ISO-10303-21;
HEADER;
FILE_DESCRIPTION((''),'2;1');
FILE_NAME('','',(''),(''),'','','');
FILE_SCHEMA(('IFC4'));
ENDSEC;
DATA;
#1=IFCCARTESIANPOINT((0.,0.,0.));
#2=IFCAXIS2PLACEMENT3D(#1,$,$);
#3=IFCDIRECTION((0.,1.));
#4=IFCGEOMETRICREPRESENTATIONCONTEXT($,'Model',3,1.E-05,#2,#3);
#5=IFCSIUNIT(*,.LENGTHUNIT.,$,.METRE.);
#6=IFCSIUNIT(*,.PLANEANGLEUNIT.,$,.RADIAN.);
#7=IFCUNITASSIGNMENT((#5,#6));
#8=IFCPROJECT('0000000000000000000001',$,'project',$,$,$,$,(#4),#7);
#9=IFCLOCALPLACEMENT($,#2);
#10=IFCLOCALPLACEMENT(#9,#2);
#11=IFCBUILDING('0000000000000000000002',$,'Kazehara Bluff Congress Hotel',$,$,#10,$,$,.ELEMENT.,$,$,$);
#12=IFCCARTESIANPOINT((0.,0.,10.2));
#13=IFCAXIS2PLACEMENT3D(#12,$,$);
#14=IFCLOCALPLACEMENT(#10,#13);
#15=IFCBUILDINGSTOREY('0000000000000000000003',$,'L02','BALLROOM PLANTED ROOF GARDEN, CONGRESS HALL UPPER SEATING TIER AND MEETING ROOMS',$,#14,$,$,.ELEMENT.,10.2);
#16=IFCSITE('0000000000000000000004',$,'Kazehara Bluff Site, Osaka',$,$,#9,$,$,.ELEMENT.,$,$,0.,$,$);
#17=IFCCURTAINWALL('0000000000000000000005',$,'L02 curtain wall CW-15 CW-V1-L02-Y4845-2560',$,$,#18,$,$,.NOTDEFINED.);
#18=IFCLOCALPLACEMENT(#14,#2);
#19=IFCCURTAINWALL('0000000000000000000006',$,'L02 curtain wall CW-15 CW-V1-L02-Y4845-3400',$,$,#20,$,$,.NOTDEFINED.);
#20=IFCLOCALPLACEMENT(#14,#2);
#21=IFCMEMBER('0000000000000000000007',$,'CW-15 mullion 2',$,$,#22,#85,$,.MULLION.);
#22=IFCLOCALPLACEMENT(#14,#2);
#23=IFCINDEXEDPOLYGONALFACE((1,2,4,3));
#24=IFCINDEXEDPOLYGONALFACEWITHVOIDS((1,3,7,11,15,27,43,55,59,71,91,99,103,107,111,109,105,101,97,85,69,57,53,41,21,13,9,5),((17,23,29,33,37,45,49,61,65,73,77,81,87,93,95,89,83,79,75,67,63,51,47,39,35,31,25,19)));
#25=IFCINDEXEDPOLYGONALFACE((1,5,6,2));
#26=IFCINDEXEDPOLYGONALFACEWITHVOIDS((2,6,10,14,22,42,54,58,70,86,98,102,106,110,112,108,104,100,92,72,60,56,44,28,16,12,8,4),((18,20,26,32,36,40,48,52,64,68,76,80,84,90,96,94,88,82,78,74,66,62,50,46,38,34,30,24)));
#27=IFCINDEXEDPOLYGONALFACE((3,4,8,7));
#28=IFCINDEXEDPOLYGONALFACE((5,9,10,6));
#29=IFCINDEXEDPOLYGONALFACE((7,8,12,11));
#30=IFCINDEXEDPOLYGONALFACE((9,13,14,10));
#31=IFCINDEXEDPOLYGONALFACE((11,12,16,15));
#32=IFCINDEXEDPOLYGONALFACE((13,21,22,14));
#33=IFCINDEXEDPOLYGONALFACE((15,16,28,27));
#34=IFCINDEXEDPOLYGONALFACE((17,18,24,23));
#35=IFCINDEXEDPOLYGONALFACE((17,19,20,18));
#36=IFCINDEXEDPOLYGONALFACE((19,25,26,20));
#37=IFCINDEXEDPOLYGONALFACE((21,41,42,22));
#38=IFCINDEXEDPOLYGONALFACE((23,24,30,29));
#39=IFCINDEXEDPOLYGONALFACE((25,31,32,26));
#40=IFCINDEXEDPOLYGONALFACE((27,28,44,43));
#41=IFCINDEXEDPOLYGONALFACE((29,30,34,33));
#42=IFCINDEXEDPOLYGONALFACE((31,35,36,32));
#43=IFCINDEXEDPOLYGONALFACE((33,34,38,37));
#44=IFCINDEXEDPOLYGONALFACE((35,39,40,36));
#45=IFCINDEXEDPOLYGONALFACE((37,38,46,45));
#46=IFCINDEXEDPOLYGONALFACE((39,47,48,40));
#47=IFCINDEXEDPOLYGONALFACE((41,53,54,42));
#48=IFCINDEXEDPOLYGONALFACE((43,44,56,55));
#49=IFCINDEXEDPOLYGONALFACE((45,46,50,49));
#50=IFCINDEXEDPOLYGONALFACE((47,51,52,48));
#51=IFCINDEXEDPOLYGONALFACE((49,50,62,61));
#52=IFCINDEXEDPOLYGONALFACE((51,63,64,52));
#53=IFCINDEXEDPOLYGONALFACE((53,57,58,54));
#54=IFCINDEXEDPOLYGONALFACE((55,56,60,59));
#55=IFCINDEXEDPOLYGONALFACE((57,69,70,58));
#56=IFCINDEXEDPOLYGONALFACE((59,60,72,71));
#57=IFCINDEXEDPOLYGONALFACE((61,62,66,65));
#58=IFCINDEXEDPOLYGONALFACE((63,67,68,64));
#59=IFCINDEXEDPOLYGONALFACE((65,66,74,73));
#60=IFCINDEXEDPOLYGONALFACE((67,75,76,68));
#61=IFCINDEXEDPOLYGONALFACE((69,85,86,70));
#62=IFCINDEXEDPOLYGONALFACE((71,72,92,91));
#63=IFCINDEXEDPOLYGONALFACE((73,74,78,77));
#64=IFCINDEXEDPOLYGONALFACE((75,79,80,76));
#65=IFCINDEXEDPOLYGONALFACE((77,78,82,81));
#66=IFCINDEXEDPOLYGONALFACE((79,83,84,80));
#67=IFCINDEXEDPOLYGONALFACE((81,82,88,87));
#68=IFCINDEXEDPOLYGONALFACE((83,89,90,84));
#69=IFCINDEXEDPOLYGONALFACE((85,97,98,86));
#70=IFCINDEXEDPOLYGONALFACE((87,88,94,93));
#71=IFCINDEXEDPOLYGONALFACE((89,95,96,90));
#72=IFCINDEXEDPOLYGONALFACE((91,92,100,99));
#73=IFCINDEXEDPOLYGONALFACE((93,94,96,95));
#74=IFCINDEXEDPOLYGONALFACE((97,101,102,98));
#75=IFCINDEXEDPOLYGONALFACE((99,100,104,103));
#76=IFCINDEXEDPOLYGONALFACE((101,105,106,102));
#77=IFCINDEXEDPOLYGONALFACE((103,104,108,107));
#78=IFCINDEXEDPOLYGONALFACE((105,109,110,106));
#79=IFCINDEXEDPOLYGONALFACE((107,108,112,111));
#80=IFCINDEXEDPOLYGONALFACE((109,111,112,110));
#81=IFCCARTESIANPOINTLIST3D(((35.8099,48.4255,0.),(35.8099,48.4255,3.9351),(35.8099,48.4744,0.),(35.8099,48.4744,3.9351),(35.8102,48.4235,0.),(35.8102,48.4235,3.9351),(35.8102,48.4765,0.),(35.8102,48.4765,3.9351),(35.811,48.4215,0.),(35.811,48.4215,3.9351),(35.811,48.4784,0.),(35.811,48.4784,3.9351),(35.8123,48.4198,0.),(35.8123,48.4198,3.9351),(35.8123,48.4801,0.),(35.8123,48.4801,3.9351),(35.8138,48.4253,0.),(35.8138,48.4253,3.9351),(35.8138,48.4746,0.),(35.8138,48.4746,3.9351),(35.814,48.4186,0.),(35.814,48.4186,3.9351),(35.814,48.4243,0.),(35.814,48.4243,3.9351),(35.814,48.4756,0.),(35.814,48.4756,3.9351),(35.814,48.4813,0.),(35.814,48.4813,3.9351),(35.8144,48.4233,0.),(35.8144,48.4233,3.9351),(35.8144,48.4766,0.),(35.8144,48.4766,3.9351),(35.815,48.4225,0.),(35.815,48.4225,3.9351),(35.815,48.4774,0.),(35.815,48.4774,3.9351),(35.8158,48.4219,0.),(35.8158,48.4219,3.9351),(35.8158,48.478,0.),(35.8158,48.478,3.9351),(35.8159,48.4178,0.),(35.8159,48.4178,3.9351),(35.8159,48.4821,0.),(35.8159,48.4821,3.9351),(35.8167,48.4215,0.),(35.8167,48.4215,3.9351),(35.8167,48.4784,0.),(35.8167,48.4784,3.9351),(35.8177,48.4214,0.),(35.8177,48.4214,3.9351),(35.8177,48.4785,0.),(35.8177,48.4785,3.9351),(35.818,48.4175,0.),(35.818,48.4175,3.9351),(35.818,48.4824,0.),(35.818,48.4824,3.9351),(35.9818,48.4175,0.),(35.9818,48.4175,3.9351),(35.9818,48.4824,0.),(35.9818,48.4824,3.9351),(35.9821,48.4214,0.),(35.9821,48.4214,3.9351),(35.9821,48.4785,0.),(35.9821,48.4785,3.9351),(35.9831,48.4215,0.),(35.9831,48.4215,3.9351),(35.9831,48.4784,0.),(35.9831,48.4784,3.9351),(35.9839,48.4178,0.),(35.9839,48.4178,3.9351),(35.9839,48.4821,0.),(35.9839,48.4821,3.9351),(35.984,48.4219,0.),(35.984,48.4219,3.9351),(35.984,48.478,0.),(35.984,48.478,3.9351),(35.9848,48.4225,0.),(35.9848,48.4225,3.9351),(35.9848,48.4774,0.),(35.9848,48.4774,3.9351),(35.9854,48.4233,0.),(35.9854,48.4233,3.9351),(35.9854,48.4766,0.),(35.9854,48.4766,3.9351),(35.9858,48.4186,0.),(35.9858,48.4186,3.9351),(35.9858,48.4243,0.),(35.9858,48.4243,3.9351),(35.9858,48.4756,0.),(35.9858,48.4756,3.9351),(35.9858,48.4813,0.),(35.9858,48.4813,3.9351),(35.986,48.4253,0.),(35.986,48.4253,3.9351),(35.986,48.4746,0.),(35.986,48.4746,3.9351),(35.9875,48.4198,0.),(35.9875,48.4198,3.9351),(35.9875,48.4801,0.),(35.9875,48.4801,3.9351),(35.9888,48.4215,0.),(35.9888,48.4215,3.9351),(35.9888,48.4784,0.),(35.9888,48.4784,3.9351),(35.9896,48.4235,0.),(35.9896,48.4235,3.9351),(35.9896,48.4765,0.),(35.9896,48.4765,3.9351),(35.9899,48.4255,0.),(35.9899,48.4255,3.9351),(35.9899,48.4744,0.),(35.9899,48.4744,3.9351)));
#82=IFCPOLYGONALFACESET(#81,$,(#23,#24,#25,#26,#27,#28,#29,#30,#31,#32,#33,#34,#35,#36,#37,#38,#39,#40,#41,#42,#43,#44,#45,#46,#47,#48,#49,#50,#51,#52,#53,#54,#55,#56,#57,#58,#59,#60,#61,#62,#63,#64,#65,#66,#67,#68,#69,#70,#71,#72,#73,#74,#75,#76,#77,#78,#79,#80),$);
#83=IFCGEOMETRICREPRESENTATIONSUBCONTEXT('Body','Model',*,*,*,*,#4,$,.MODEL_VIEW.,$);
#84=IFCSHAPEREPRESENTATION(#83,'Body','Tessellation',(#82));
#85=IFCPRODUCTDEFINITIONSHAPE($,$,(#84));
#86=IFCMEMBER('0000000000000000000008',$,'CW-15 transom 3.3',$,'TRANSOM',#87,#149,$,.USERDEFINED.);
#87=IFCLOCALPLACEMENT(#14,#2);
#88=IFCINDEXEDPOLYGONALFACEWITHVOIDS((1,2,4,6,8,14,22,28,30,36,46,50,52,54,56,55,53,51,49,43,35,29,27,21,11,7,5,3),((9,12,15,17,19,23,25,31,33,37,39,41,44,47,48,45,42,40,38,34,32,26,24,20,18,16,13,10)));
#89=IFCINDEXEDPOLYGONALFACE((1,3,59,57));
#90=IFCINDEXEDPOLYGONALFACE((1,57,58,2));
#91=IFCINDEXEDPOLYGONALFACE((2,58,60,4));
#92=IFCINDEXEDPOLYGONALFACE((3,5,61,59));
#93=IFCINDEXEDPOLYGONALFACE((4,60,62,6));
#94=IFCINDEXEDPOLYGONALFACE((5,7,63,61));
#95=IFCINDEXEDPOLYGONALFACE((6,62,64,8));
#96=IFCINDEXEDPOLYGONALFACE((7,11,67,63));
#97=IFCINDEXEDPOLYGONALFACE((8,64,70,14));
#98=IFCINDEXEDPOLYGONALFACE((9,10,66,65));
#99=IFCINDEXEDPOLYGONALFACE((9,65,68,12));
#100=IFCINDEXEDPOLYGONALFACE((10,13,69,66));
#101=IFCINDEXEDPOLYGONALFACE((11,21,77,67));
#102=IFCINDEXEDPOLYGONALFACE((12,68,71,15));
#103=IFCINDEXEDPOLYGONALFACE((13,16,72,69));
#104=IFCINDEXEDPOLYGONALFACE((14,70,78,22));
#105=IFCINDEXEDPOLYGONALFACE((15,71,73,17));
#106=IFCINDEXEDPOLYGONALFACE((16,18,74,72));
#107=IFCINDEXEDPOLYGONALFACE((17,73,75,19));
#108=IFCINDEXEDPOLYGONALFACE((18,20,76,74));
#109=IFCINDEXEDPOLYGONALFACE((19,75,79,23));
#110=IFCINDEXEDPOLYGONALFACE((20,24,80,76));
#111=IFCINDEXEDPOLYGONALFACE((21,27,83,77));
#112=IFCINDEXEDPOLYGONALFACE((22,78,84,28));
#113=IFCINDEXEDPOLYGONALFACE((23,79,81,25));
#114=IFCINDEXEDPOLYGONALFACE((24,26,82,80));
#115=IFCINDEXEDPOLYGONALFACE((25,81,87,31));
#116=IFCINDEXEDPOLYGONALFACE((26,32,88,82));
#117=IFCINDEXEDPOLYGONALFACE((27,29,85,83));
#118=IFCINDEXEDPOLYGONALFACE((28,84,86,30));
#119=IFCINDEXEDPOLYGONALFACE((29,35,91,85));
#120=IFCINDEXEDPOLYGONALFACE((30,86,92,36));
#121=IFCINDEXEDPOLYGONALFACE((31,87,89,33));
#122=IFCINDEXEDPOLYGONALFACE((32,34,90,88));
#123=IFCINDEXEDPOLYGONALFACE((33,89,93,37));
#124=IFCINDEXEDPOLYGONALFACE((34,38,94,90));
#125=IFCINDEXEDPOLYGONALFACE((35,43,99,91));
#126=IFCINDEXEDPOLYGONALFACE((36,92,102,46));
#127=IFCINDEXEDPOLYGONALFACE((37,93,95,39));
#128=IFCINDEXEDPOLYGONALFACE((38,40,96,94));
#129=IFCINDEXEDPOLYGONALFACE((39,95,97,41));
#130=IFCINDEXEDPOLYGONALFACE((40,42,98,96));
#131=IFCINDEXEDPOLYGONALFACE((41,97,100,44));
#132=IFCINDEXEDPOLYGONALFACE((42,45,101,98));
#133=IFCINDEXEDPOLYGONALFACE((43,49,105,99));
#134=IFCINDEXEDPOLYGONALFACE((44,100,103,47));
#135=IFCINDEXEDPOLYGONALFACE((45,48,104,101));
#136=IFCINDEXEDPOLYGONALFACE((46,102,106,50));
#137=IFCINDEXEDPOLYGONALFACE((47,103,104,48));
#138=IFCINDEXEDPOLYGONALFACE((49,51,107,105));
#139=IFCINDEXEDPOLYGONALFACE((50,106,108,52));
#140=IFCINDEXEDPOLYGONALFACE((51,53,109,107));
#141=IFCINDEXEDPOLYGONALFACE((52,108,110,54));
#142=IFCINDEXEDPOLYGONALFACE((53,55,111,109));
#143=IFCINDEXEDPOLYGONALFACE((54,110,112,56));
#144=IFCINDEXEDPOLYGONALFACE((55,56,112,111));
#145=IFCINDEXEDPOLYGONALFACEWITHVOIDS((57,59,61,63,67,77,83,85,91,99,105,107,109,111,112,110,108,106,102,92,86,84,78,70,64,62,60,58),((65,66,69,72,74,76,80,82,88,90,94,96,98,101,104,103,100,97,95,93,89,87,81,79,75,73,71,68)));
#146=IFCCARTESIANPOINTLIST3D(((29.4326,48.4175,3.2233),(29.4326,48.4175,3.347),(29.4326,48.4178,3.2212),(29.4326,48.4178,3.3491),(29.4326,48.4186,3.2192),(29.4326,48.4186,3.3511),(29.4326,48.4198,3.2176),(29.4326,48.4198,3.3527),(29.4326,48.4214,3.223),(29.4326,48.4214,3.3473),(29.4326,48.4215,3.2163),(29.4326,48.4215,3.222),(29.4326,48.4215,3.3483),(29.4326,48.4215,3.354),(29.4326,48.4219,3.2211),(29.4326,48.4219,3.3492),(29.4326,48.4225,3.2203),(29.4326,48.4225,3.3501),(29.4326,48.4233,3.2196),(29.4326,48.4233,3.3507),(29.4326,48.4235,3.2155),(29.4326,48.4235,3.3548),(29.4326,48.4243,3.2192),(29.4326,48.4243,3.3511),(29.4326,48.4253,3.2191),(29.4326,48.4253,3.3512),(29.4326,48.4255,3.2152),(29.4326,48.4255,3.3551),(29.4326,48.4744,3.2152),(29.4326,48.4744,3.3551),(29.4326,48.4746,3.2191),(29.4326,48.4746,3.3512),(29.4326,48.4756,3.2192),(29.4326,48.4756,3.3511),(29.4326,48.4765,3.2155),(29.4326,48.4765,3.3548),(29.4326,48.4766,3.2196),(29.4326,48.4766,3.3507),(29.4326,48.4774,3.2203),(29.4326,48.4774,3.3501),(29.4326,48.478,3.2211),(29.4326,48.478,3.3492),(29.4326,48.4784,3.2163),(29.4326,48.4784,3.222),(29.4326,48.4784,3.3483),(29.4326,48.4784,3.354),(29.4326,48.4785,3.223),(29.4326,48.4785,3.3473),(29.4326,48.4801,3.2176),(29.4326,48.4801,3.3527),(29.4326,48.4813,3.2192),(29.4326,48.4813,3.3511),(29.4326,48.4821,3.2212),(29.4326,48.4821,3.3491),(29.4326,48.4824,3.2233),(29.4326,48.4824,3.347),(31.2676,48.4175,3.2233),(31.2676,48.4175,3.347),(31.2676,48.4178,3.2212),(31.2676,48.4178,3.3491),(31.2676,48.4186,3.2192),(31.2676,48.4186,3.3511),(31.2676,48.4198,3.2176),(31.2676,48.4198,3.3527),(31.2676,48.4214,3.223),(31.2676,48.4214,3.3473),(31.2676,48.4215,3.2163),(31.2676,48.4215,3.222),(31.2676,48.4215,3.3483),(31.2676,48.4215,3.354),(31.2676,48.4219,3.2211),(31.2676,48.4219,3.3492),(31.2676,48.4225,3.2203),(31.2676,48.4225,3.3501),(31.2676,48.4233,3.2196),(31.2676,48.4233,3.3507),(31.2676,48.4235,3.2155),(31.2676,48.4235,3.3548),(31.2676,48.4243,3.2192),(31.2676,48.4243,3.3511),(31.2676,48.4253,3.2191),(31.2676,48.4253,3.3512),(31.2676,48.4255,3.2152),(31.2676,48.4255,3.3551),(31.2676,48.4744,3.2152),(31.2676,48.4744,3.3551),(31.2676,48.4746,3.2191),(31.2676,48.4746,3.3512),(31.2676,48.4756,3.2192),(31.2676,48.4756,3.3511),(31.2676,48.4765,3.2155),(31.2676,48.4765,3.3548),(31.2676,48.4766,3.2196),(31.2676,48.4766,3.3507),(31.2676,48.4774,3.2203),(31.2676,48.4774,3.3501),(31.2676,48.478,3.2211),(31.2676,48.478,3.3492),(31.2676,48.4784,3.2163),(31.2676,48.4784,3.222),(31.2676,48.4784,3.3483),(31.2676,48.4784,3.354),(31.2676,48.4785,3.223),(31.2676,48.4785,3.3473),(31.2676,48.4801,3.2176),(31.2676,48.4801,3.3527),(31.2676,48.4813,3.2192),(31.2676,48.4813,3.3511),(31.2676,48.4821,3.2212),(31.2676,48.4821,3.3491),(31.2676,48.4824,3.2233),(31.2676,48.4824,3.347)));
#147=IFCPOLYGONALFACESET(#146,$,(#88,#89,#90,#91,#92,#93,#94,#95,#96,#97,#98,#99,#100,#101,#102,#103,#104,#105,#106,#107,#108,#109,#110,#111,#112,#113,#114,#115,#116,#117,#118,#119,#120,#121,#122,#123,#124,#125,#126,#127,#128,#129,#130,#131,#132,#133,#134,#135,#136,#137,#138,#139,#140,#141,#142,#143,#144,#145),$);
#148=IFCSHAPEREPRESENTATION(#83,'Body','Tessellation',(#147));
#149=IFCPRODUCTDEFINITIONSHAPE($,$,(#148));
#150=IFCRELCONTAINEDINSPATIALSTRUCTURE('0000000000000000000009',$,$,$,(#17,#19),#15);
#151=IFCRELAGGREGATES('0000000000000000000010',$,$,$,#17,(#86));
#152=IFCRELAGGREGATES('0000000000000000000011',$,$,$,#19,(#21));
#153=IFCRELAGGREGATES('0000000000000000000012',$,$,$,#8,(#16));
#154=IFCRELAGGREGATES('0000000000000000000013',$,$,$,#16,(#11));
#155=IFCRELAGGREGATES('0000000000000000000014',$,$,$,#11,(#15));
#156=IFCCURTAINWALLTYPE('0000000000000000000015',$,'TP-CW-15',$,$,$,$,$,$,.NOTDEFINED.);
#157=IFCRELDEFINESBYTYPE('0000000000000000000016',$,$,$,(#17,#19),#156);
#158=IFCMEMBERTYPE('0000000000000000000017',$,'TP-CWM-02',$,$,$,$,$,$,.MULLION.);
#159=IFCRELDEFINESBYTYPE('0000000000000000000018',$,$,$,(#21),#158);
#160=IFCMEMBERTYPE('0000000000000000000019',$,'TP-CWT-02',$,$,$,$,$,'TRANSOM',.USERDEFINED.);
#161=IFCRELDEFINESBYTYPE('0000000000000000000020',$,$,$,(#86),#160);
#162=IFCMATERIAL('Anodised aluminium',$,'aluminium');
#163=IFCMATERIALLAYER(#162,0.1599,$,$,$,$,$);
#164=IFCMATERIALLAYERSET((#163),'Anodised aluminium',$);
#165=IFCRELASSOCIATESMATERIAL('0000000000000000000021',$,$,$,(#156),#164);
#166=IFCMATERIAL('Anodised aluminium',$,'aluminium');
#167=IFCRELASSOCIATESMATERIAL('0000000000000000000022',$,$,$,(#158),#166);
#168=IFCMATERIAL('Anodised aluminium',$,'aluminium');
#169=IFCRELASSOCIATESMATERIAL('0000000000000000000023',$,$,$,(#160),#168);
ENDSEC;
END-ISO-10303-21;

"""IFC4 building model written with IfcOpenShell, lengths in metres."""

from ifc_helpers import new_model, si_unit, direction, frame, origin, origin_2d, place, context, subcontext, project, spatial, hollow_rectangle, extrude, material, layer, layer_set, material_profile, profile_set, type_object, element, aggregate, save


model = new_model("IFC4")

# Units and contexts
model_context = context("Model", 3, precision=1e-05, world=origin(), true_north=direction((0.0, 1.0)))
body_context = subcontext(model_context, "Body", "Model", "MODEL_VIEW")
ifc_project = project(units=[si_unit("LENGTHUNIT", "METRE"), si_unit("PLANEANGLEUNIT", "RADIAN")], contexts=[model_context])

# Site, building, storey
site_placement = place(None, origin())
site = spatial("IfcSite", under=ifc_project, at=site_placement, Name="Kazehara Bluff Site, Osaka", CompositionType="ELEMENT", RefElevation=0.0)
building_placement = place(site_placement, origin())
building = spatial("IfcBuilding", under=site, at=building_placement, Name="Kazehara Bluff Congress Hotel", CompositionType="ELEMENT")
storey_placement = place(building_placement, frame((0.0, 0.0, 10.2)))
storey = spatial("IfcBuildingStorey", under=building, at=storey_placement, Name="L02", Description="BALLROOM PLANTED ROOF GARDEN, CONGRESS HALL UPPER SEATING TIER AND MEETING ROOMS", CompositionType="ELEMENT", Elevation=10.2)

# Curtain walls, member
ifc_material_1 = material(Name="Anodised aluminium", Category="aluminium")
ifc_layer_1 = layer(ifc_material_1, 0.1599)
ifc_layer_set_1 = layer_set([ifc_layer_1], Name="Anodised aluminium")
curtain_wall_type = type_object("IfcCurtainWallType", Name="TP-CW-15", PredefinedType="NOTDEFINED", material=ifc_layer_set_1)
curtain_wall_1_placement = place(storey_placement, origin())
curtain_wall_1 = element("IfcCurtainWall", 1, at=curtain_wall_1_placement, inside=storey, type_object=curtain_wall_type, Name="L02 curtain wall CW-15 CW-V1-L02-Y4845-2560", PredefinedType="NOTDEFINED")
ifc_material_2 = material(Name="Anodised aluminium", Category="aluminium")
ifc_material_profile_1 = material_profile(ifc_material_2, hollow_rectangle(XDim=0.0649, YDim=0.1799, WallThickness=0.0039, InnerFilletRadius=0.0039, OuterFilletRadius=0.0081, at=origin_2d()))
ifc_profile_set_1 = profile_set([ifc_material_profile_1], Name="Anodised aluminium")
member_type_1 = type_object("IfcMemberType", Name="TP-CWM-02", PredefinedType="MULLION", material=ifc_profile_set_1)
curtain_wall_2_placement = place(storey_placement, origin())
curtain_wall_2 = element("IfcCurtainWall", 2, at=curtain_wall_2_placement, inside=storey, type_object=curtain_wall_type, Name="L02 curtain wall CW-15 CW-V1-L02-Y4845-3400", PredefinedType="NOTDEFINED")
member_1_placement = place(storey_placement, frame((35.8999, 48.45, 0.0), z_axis=(0.0, 0.0, 1.0), x_axis=(0.0, 1.0, 0.0)))
member_1 = element("IfcMember", 3, at=member_1_placement, type_object=member_type_1, Name="CW-15 mullion 2", PredefinedType="MULLION", context=body_context, shape_type="SweptSolid", body=[
    extrude(hollow_rectangle(XDim=0.0649, YDim=0.1799, WallThickness=0.0039, InnerFilletRadius=0.0039, OuterFilletRadius=0.0081, at=origin_2d()), origin(), (0.0, 0.0, 1.0), 3.9351),
])

# Member
ifc_material_3 = material(Name="Anodised aluminium", Category="aluminium")
ifc_material_profile_2 = material_profile(ifc_material_3, hollow_rectangle(XDim=0.0649, YDim=0.1399, WallThickness=0.0039, InnerFilletRadius=0.0039, OuterFilletRadius=0.0081, at=origin_2d()))
ifc_profile_set_2 = profile_set([ifc_material_profile_2], Name="Anodised aluminium")
member_type_2 = type_object("IfcMemberType", Name="TP-CWT-02", ElementType="TRANSOM", PredefinedType="USERDEFINED", material=ifc_profile_set_2)
member_2_placement = place(storey_placement, frame((29.4326, 48.45, 3.2852), z_axis=(1.0, 0.0, 0.0), x_axis=(0.0, 1.0, 0.0)))
member_2 = element("IfcMember", 4, at=member_2_placement, type_object=member_type_2, Name="CW-15 transom 3.3", ObjectType="TRANSOM", PredefinedType="USERDEFINED", context=body_context, shape_type="SweptSolid", body=[
    extrude(hollow_rectangle(XDim=0.0649, YDim=0.1399, WallThickness=0.0039, InnerFilletRadius=0.0039, OuterFilletRadius=0.0081, at=origin_2d()), origin(), (0.0, 0.0, 1.0), 1.835),
])

aggregate(curtain_wall_1, [member_2])
aggregate(curtain_wall_2, [member_1])

save(model, "model.ifc")
